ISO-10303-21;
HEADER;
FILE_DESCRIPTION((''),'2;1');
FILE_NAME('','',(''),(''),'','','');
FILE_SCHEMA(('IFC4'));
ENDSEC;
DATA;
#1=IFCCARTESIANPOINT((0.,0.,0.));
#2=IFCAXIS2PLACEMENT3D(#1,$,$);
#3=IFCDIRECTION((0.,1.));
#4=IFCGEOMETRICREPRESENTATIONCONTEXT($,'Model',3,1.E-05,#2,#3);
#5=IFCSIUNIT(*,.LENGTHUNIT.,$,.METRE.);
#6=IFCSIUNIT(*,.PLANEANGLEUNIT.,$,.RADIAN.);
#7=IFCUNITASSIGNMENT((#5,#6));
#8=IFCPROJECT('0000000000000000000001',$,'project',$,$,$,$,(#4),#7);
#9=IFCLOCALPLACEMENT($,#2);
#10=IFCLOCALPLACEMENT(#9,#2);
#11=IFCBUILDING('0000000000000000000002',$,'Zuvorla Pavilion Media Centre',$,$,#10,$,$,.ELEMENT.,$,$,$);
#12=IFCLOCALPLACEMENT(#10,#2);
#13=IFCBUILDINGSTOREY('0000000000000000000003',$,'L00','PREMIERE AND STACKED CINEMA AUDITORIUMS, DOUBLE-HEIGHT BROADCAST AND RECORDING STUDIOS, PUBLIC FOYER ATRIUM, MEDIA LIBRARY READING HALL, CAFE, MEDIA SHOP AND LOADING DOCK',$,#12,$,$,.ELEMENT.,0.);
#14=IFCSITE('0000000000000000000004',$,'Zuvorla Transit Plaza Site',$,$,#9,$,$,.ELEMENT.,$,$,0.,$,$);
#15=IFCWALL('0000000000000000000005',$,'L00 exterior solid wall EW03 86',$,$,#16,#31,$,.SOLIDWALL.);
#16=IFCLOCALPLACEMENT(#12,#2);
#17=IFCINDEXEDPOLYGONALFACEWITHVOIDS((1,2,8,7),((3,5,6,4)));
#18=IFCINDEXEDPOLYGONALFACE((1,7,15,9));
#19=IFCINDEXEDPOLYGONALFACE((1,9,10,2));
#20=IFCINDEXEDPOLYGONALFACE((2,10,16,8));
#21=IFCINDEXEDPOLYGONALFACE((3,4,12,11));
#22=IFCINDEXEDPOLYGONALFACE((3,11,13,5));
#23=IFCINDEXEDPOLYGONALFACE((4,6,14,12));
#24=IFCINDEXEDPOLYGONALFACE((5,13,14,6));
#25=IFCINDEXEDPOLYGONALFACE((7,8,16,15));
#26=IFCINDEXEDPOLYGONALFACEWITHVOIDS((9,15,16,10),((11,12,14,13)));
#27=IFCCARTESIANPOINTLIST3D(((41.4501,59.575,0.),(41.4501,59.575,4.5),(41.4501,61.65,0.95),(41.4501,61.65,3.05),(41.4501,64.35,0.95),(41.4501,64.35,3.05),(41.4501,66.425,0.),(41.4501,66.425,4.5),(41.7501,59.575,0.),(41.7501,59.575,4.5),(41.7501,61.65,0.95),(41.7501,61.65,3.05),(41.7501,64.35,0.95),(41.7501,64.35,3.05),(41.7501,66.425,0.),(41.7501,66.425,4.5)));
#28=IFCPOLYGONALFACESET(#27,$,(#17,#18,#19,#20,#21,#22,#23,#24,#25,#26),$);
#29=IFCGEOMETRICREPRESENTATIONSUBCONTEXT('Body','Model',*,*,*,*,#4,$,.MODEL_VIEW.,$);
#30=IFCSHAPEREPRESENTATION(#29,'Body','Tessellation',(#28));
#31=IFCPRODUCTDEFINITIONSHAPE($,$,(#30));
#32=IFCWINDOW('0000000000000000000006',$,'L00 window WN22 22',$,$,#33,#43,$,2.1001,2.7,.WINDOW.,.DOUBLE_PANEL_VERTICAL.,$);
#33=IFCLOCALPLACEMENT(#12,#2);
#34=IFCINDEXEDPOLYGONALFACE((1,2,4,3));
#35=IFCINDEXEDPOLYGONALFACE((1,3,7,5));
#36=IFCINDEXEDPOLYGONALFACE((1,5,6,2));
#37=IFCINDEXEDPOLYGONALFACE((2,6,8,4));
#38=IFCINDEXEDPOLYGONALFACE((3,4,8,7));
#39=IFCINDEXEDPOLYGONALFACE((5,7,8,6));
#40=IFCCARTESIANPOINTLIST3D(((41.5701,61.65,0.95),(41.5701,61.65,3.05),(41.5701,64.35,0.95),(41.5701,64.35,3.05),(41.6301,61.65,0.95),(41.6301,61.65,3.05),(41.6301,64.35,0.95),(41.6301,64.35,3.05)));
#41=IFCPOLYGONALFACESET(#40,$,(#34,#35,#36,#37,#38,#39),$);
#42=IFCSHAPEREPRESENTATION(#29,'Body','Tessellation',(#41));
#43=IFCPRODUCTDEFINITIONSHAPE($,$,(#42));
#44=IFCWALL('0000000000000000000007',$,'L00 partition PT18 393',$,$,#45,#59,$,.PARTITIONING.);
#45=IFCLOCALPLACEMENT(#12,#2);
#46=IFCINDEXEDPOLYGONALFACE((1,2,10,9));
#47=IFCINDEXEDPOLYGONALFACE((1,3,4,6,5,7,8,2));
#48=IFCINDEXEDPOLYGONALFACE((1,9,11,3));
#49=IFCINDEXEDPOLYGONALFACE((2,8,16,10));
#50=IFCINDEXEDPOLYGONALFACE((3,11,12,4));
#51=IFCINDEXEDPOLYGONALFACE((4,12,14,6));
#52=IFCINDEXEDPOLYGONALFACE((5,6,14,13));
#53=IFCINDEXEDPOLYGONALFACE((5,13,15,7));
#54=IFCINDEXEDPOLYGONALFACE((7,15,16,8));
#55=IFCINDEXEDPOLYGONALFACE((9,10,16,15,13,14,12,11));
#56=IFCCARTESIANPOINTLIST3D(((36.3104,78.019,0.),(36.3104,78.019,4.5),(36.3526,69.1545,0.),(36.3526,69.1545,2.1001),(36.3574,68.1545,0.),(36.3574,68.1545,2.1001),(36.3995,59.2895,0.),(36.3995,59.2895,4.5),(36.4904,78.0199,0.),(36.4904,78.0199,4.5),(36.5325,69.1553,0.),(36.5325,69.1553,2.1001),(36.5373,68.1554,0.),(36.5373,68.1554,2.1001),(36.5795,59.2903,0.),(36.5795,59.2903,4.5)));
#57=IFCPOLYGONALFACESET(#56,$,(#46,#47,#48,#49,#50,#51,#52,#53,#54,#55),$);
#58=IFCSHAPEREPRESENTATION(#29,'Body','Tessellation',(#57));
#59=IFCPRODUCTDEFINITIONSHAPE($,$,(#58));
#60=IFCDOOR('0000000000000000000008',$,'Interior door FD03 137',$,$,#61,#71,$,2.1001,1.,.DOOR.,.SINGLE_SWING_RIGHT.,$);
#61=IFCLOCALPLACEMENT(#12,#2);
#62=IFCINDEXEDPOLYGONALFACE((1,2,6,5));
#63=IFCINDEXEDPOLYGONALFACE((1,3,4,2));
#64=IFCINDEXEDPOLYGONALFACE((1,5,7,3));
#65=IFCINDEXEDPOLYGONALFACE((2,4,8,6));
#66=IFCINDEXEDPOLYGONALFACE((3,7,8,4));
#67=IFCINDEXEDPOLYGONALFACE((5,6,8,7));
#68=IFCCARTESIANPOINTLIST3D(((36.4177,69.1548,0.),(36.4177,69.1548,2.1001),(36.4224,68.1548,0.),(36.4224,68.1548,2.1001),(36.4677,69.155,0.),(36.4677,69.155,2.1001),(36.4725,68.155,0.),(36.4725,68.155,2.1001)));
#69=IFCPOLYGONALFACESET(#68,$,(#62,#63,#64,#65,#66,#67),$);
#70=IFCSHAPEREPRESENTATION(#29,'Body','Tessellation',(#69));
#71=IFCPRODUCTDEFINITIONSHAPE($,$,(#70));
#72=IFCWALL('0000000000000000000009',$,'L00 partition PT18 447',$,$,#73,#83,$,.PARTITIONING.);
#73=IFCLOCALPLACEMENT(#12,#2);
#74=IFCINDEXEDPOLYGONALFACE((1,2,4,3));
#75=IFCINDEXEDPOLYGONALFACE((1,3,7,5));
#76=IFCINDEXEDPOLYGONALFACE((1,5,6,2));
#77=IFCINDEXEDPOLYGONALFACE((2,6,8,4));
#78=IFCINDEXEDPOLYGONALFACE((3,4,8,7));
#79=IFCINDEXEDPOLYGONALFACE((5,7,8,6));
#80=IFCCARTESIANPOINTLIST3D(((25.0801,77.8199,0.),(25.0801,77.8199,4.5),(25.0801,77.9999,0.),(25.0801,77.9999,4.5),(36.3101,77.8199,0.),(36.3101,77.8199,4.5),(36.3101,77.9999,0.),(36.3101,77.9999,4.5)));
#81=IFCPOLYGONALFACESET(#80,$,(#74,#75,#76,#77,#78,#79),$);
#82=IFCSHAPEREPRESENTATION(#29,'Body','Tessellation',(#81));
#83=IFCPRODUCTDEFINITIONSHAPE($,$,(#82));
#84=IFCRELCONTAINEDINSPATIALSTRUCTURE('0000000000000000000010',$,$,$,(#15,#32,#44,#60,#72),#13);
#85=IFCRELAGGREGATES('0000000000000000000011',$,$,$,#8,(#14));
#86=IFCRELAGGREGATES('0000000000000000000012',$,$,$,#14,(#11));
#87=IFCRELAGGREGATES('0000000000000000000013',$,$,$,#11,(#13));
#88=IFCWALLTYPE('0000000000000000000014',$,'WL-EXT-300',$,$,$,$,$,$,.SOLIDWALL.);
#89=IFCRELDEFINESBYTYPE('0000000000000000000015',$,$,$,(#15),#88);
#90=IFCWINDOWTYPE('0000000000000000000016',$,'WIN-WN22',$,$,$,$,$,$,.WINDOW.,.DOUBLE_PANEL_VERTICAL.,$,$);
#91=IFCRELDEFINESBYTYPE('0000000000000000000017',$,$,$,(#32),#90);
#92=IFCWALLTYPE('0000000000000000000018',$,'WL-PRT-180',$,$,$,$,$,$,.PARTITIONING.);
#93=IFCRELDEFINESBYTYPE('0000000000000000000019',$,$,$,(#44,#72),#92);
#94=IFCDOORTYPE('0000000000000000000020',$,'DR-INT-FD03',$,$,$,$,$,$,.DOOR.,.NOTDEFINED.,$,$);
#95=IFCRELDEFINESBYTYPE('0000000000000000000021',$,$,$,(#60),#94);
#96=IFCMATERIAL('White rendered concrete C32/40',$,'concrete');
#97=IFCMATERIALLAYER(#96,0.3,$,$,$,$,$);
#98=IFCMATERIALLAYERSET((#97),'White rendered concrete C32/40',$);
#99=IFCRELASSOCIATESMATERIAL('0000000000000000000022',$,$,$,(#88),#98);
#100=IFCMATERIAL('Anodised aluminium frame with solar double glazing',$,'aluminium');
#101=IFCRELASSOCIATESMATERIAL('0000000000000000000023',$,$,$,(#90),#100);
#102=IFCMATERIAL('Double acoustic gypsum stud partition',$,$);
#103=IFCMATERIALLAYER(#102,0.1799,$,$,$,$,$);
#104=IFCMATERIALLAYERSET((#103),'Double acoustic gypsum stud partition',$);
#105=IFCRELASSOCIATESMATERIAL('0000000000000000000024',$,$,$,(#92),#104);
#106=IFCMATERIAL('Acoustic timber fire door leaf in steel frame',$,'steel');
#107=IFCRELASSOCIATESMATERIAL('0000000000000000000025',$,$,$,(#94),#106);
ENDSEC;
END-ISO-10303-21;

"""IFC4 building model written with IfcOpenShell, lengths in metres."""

from ifc_helpers import new_model, si_unit, direction, frame, frame_2d, origin, place, context, subcontext, project, spatial, rectangle, extrude, material, layer, layer_set, type_object, element, fill, save


model = new_model("IFC4")

# Units and contexts
model_context = context("Model", 3, precision=1e-05, world=origin(), true_north=direction((0.0, 1.0)))
body_context = subcontext(model_context, "Body", "Model", "MODEL_VIEW")
ifc_project = project(units=[si_unit("LENGTHUNIT", "METRE"), si_unit("PLANEANGLEUNIT", "RADIAN")], contexts=[model_context])

# Site, building, storey
site_placement = place(None, origin())
site = spatial("IfcSite", under=ifc_project, at=site_placement, Name="Zuvorla Transit Plaza Site", CompositionType="ELEMENT", RefElevation=0.0)
building_placement = place(site_placement, origin())
building = spatial("IfcBuilding", under=site, at=building_placement, Name="Zuvorla Pavilion Media Centre", CompositionType="ELEMENT")
storey_placement = place(building_placement, origin())
storey = spatial("IfcBuildingStorey", under=building, at=storey_placement, Name="L00", Description="PREMIERE AND STACKED CINEMA AUDITORIUMS, DOUBLE-HEIGHT BROADCAST AND RECORDING STUDIOS, PUBLIC FOYER ATRIUM, MEDIA LIBRARY READING HALL, CAFE, MEDIA SHOP AND LOADING DOCK", CompositionType="ELEMENT", Elevation=0.0)

# Wall, opening, window
ifc_material_1 = material(Name="White rendered concrete C32/40", Category="concrete")
ifc_layer_1 = layer(ifc_material_1, 0.3)
ifc_layer_set_1 = layer_set([ifc_layer_1], Name="White rendered concrete C32/40")
wall_type_1 = type_object("IfcWallType", Name="WL-EXT-300", PredefinedType="SOLIDWALL", material=ifc_layer_set_1)
wall_1_placement = place(storey_placement, frame((41.6001, 59.575, 0.0), z_axis=(0.0, 0.0, 1.0), x_axis=(0.0, 1.0, 0.0)))
wall_1 = element("IfcWall", 1, at=wall_1_placement, inside=storey, type_object=wall_type_1, Name="L00 exterior solid wall EW03 86", PredefinedType="SOLIDWALL", context=body_context, shape_type="SweptSolid", body=[
    extrude(rectangle(XDim=6.8501, YDim=0.3, at=frame_2d((3.425, 0.0))), origin(), (0.0, 0.0, 1.0), 4.5),
])
opening_1_placement = place(wall_1_placement, frame((2.075, 0.0, 0.95)))
opening_1 = element("IfcOpeningElement", 2, at=opening_1_placement, cuts=wall_1, PredefinedType="OPENING", context=body_context, shape_type="SweptSolid", body=[
    extrude(rectangle(XDim=2.7, YDim=2.1001, at=frame_2d((1.3501, 1.05))), frame((0.0, 0.1599, 0.0), z_axis=(0.0, -1.0, 0.0), x_axis=(1.0, 0.0, 0.0)), (0.0, 0.0, 1.0), 0.3201),
])
ifc_material_2 = material(Name="Anodised aluminium frame with solar double glazing", Category="aluminium")
window_type = type_object("IfcWindowType", Name="WIN-WN22", PartitioningType="DOUBLE_PANEL_VERTICAL", PredefinedType="WINDOW", material=ifc_material_2)
window_placement = place(opening_1_placement, origin())
window = element("IfcWindow", 3, at=window_placement, inside=storey, type_object=window_type, Name="L00 window WN22 22", OverallHeight=2.1001, OverallWidth=2.7, PartitioningType="DOUBLE_PANEL_VERTICAL", PredefinedType="WINDOW", context=body_context, shape_type="SweptSolid", body=[
    extrude(rectangle(XDim=2.7, YDim=2.1001, at=frame_2d((1.3501, 1.05))), frame((0.0, 0.03, 0.0), z_axis=(0.0, -1.0, 0.0), x_axis=(1.0, 0.0, 0.0)), (0.0, 0.0, 1.0), 0.0601),
])
fill(opening_1, window)

# Wall, opening, door
ifc_material_3 = material(Name="Double acoustic gypsum stud partition")
ifc_layer_2 = layer(ifc_material_3, 0.1799)
ifc_layer_set_2 = layer_set([ifc_layer_2], Name="Double acoustic gypsum stud partition")
wall_type_2 = type_object("IfcWallType", Name="WL-PRT-180", PredefinedType="PARTITIONING", material=ifc_layer_set_2)
wall_2_placement = place(storey_placement, frame((36.4895, 59.29, 0.0), z_axis=(0.0, 0.0, 1.0), x_axis=(-0.004758, 0.999989, 0.0)))
wall_2 = element("IfcWall", 4, at=wall_2_placement, inside=storey, type_object=wall_type_2, Name="L00 partition PT18 393", PredefinedType="PARTITIONING", context=body_context, shape_type="SweptSolid", body=[
    extrude(rectangle(XDim=18.7297, YDim=0.1799, at=frame_2d((9.3647, 0.0))), origin(), (0.0, 0.0, 1.0), 4.5),
])
opening_2_placement = place(wall_2_placement, frame((8.865, 0.0, 0.0)))
opening_2 = element("IfcOpeningElement", 5, at=opening_2_placement, cuts=wall_2, PredefinedType="OPENING", context=body_context, shape_type="SweptSolid", body=[
    extrude(rectangle(XDim=1.0, YDim=2.1001, at=frame_2d((0.5, 1.05))), frame((0.0, 0.0999, 0.0), z_axis=(0.0, -1.0, 0.0), x_axis=(1.0, 0.0, 0.0)), (0.0, 0.0, 1.0), 0.2),
])
ifc_material_4 = material(Name="Acoustic timber fire door leaf in steel frame", Category="steel")
door_type = type_object("IfcDoorType", Name="DR-INT-FD03", OperationType="NOTDEFINED", PredefinedType="DOOR", material=ifc_material_4)
door_placement = place(opening_2_placement, origin())
door = element("IfcDoor", 6, at=door_placement, inside=storey, type_object=door_type, Name="Interior door FD03 137", OperationType="SINGLE_SWING_RIGHT", OverallHeight=2.1001, OverallWidth=1.0, PredefinedType="DOOR", context=body_context, shape_type="SweptSolid", body=[
    extrude(rectangle(XDim=1.0, YDim=2.1001, at=frame_2d((0.5, 1.05))), frame((0.0, 0.0249, 0.0), z_axis=(0.0, -1.0, 0.0), x_axis=(1.0, 0.0, 0.0)), (0.0, 0.0, 1.0), 0.05),
])
fill(opening_2, door)

# Wall
wall_3_placement = place(storey_placement, frame((25.0801, 77.9099, 0.0), z_axis=(0.0, 0.0, 1.0), x_axis=(1.0, 0.0, 0.0)))
element("IfcWall", 7, at=wall_3_placement, inside=storey, type_object=wall_type_2, Name="L00 partition PT18 447", PredefinedType="PARTITIONING", context=body_context, shape_type="SweptSolid", body=[
    extrude(rectangle(XDim=11.23, YDim=0.1799, at=frame_2d((5.615, 0.0))), origin(), (0.0, 0.0, 1.0), 4.5),
])

save(model, "model.ifc")
